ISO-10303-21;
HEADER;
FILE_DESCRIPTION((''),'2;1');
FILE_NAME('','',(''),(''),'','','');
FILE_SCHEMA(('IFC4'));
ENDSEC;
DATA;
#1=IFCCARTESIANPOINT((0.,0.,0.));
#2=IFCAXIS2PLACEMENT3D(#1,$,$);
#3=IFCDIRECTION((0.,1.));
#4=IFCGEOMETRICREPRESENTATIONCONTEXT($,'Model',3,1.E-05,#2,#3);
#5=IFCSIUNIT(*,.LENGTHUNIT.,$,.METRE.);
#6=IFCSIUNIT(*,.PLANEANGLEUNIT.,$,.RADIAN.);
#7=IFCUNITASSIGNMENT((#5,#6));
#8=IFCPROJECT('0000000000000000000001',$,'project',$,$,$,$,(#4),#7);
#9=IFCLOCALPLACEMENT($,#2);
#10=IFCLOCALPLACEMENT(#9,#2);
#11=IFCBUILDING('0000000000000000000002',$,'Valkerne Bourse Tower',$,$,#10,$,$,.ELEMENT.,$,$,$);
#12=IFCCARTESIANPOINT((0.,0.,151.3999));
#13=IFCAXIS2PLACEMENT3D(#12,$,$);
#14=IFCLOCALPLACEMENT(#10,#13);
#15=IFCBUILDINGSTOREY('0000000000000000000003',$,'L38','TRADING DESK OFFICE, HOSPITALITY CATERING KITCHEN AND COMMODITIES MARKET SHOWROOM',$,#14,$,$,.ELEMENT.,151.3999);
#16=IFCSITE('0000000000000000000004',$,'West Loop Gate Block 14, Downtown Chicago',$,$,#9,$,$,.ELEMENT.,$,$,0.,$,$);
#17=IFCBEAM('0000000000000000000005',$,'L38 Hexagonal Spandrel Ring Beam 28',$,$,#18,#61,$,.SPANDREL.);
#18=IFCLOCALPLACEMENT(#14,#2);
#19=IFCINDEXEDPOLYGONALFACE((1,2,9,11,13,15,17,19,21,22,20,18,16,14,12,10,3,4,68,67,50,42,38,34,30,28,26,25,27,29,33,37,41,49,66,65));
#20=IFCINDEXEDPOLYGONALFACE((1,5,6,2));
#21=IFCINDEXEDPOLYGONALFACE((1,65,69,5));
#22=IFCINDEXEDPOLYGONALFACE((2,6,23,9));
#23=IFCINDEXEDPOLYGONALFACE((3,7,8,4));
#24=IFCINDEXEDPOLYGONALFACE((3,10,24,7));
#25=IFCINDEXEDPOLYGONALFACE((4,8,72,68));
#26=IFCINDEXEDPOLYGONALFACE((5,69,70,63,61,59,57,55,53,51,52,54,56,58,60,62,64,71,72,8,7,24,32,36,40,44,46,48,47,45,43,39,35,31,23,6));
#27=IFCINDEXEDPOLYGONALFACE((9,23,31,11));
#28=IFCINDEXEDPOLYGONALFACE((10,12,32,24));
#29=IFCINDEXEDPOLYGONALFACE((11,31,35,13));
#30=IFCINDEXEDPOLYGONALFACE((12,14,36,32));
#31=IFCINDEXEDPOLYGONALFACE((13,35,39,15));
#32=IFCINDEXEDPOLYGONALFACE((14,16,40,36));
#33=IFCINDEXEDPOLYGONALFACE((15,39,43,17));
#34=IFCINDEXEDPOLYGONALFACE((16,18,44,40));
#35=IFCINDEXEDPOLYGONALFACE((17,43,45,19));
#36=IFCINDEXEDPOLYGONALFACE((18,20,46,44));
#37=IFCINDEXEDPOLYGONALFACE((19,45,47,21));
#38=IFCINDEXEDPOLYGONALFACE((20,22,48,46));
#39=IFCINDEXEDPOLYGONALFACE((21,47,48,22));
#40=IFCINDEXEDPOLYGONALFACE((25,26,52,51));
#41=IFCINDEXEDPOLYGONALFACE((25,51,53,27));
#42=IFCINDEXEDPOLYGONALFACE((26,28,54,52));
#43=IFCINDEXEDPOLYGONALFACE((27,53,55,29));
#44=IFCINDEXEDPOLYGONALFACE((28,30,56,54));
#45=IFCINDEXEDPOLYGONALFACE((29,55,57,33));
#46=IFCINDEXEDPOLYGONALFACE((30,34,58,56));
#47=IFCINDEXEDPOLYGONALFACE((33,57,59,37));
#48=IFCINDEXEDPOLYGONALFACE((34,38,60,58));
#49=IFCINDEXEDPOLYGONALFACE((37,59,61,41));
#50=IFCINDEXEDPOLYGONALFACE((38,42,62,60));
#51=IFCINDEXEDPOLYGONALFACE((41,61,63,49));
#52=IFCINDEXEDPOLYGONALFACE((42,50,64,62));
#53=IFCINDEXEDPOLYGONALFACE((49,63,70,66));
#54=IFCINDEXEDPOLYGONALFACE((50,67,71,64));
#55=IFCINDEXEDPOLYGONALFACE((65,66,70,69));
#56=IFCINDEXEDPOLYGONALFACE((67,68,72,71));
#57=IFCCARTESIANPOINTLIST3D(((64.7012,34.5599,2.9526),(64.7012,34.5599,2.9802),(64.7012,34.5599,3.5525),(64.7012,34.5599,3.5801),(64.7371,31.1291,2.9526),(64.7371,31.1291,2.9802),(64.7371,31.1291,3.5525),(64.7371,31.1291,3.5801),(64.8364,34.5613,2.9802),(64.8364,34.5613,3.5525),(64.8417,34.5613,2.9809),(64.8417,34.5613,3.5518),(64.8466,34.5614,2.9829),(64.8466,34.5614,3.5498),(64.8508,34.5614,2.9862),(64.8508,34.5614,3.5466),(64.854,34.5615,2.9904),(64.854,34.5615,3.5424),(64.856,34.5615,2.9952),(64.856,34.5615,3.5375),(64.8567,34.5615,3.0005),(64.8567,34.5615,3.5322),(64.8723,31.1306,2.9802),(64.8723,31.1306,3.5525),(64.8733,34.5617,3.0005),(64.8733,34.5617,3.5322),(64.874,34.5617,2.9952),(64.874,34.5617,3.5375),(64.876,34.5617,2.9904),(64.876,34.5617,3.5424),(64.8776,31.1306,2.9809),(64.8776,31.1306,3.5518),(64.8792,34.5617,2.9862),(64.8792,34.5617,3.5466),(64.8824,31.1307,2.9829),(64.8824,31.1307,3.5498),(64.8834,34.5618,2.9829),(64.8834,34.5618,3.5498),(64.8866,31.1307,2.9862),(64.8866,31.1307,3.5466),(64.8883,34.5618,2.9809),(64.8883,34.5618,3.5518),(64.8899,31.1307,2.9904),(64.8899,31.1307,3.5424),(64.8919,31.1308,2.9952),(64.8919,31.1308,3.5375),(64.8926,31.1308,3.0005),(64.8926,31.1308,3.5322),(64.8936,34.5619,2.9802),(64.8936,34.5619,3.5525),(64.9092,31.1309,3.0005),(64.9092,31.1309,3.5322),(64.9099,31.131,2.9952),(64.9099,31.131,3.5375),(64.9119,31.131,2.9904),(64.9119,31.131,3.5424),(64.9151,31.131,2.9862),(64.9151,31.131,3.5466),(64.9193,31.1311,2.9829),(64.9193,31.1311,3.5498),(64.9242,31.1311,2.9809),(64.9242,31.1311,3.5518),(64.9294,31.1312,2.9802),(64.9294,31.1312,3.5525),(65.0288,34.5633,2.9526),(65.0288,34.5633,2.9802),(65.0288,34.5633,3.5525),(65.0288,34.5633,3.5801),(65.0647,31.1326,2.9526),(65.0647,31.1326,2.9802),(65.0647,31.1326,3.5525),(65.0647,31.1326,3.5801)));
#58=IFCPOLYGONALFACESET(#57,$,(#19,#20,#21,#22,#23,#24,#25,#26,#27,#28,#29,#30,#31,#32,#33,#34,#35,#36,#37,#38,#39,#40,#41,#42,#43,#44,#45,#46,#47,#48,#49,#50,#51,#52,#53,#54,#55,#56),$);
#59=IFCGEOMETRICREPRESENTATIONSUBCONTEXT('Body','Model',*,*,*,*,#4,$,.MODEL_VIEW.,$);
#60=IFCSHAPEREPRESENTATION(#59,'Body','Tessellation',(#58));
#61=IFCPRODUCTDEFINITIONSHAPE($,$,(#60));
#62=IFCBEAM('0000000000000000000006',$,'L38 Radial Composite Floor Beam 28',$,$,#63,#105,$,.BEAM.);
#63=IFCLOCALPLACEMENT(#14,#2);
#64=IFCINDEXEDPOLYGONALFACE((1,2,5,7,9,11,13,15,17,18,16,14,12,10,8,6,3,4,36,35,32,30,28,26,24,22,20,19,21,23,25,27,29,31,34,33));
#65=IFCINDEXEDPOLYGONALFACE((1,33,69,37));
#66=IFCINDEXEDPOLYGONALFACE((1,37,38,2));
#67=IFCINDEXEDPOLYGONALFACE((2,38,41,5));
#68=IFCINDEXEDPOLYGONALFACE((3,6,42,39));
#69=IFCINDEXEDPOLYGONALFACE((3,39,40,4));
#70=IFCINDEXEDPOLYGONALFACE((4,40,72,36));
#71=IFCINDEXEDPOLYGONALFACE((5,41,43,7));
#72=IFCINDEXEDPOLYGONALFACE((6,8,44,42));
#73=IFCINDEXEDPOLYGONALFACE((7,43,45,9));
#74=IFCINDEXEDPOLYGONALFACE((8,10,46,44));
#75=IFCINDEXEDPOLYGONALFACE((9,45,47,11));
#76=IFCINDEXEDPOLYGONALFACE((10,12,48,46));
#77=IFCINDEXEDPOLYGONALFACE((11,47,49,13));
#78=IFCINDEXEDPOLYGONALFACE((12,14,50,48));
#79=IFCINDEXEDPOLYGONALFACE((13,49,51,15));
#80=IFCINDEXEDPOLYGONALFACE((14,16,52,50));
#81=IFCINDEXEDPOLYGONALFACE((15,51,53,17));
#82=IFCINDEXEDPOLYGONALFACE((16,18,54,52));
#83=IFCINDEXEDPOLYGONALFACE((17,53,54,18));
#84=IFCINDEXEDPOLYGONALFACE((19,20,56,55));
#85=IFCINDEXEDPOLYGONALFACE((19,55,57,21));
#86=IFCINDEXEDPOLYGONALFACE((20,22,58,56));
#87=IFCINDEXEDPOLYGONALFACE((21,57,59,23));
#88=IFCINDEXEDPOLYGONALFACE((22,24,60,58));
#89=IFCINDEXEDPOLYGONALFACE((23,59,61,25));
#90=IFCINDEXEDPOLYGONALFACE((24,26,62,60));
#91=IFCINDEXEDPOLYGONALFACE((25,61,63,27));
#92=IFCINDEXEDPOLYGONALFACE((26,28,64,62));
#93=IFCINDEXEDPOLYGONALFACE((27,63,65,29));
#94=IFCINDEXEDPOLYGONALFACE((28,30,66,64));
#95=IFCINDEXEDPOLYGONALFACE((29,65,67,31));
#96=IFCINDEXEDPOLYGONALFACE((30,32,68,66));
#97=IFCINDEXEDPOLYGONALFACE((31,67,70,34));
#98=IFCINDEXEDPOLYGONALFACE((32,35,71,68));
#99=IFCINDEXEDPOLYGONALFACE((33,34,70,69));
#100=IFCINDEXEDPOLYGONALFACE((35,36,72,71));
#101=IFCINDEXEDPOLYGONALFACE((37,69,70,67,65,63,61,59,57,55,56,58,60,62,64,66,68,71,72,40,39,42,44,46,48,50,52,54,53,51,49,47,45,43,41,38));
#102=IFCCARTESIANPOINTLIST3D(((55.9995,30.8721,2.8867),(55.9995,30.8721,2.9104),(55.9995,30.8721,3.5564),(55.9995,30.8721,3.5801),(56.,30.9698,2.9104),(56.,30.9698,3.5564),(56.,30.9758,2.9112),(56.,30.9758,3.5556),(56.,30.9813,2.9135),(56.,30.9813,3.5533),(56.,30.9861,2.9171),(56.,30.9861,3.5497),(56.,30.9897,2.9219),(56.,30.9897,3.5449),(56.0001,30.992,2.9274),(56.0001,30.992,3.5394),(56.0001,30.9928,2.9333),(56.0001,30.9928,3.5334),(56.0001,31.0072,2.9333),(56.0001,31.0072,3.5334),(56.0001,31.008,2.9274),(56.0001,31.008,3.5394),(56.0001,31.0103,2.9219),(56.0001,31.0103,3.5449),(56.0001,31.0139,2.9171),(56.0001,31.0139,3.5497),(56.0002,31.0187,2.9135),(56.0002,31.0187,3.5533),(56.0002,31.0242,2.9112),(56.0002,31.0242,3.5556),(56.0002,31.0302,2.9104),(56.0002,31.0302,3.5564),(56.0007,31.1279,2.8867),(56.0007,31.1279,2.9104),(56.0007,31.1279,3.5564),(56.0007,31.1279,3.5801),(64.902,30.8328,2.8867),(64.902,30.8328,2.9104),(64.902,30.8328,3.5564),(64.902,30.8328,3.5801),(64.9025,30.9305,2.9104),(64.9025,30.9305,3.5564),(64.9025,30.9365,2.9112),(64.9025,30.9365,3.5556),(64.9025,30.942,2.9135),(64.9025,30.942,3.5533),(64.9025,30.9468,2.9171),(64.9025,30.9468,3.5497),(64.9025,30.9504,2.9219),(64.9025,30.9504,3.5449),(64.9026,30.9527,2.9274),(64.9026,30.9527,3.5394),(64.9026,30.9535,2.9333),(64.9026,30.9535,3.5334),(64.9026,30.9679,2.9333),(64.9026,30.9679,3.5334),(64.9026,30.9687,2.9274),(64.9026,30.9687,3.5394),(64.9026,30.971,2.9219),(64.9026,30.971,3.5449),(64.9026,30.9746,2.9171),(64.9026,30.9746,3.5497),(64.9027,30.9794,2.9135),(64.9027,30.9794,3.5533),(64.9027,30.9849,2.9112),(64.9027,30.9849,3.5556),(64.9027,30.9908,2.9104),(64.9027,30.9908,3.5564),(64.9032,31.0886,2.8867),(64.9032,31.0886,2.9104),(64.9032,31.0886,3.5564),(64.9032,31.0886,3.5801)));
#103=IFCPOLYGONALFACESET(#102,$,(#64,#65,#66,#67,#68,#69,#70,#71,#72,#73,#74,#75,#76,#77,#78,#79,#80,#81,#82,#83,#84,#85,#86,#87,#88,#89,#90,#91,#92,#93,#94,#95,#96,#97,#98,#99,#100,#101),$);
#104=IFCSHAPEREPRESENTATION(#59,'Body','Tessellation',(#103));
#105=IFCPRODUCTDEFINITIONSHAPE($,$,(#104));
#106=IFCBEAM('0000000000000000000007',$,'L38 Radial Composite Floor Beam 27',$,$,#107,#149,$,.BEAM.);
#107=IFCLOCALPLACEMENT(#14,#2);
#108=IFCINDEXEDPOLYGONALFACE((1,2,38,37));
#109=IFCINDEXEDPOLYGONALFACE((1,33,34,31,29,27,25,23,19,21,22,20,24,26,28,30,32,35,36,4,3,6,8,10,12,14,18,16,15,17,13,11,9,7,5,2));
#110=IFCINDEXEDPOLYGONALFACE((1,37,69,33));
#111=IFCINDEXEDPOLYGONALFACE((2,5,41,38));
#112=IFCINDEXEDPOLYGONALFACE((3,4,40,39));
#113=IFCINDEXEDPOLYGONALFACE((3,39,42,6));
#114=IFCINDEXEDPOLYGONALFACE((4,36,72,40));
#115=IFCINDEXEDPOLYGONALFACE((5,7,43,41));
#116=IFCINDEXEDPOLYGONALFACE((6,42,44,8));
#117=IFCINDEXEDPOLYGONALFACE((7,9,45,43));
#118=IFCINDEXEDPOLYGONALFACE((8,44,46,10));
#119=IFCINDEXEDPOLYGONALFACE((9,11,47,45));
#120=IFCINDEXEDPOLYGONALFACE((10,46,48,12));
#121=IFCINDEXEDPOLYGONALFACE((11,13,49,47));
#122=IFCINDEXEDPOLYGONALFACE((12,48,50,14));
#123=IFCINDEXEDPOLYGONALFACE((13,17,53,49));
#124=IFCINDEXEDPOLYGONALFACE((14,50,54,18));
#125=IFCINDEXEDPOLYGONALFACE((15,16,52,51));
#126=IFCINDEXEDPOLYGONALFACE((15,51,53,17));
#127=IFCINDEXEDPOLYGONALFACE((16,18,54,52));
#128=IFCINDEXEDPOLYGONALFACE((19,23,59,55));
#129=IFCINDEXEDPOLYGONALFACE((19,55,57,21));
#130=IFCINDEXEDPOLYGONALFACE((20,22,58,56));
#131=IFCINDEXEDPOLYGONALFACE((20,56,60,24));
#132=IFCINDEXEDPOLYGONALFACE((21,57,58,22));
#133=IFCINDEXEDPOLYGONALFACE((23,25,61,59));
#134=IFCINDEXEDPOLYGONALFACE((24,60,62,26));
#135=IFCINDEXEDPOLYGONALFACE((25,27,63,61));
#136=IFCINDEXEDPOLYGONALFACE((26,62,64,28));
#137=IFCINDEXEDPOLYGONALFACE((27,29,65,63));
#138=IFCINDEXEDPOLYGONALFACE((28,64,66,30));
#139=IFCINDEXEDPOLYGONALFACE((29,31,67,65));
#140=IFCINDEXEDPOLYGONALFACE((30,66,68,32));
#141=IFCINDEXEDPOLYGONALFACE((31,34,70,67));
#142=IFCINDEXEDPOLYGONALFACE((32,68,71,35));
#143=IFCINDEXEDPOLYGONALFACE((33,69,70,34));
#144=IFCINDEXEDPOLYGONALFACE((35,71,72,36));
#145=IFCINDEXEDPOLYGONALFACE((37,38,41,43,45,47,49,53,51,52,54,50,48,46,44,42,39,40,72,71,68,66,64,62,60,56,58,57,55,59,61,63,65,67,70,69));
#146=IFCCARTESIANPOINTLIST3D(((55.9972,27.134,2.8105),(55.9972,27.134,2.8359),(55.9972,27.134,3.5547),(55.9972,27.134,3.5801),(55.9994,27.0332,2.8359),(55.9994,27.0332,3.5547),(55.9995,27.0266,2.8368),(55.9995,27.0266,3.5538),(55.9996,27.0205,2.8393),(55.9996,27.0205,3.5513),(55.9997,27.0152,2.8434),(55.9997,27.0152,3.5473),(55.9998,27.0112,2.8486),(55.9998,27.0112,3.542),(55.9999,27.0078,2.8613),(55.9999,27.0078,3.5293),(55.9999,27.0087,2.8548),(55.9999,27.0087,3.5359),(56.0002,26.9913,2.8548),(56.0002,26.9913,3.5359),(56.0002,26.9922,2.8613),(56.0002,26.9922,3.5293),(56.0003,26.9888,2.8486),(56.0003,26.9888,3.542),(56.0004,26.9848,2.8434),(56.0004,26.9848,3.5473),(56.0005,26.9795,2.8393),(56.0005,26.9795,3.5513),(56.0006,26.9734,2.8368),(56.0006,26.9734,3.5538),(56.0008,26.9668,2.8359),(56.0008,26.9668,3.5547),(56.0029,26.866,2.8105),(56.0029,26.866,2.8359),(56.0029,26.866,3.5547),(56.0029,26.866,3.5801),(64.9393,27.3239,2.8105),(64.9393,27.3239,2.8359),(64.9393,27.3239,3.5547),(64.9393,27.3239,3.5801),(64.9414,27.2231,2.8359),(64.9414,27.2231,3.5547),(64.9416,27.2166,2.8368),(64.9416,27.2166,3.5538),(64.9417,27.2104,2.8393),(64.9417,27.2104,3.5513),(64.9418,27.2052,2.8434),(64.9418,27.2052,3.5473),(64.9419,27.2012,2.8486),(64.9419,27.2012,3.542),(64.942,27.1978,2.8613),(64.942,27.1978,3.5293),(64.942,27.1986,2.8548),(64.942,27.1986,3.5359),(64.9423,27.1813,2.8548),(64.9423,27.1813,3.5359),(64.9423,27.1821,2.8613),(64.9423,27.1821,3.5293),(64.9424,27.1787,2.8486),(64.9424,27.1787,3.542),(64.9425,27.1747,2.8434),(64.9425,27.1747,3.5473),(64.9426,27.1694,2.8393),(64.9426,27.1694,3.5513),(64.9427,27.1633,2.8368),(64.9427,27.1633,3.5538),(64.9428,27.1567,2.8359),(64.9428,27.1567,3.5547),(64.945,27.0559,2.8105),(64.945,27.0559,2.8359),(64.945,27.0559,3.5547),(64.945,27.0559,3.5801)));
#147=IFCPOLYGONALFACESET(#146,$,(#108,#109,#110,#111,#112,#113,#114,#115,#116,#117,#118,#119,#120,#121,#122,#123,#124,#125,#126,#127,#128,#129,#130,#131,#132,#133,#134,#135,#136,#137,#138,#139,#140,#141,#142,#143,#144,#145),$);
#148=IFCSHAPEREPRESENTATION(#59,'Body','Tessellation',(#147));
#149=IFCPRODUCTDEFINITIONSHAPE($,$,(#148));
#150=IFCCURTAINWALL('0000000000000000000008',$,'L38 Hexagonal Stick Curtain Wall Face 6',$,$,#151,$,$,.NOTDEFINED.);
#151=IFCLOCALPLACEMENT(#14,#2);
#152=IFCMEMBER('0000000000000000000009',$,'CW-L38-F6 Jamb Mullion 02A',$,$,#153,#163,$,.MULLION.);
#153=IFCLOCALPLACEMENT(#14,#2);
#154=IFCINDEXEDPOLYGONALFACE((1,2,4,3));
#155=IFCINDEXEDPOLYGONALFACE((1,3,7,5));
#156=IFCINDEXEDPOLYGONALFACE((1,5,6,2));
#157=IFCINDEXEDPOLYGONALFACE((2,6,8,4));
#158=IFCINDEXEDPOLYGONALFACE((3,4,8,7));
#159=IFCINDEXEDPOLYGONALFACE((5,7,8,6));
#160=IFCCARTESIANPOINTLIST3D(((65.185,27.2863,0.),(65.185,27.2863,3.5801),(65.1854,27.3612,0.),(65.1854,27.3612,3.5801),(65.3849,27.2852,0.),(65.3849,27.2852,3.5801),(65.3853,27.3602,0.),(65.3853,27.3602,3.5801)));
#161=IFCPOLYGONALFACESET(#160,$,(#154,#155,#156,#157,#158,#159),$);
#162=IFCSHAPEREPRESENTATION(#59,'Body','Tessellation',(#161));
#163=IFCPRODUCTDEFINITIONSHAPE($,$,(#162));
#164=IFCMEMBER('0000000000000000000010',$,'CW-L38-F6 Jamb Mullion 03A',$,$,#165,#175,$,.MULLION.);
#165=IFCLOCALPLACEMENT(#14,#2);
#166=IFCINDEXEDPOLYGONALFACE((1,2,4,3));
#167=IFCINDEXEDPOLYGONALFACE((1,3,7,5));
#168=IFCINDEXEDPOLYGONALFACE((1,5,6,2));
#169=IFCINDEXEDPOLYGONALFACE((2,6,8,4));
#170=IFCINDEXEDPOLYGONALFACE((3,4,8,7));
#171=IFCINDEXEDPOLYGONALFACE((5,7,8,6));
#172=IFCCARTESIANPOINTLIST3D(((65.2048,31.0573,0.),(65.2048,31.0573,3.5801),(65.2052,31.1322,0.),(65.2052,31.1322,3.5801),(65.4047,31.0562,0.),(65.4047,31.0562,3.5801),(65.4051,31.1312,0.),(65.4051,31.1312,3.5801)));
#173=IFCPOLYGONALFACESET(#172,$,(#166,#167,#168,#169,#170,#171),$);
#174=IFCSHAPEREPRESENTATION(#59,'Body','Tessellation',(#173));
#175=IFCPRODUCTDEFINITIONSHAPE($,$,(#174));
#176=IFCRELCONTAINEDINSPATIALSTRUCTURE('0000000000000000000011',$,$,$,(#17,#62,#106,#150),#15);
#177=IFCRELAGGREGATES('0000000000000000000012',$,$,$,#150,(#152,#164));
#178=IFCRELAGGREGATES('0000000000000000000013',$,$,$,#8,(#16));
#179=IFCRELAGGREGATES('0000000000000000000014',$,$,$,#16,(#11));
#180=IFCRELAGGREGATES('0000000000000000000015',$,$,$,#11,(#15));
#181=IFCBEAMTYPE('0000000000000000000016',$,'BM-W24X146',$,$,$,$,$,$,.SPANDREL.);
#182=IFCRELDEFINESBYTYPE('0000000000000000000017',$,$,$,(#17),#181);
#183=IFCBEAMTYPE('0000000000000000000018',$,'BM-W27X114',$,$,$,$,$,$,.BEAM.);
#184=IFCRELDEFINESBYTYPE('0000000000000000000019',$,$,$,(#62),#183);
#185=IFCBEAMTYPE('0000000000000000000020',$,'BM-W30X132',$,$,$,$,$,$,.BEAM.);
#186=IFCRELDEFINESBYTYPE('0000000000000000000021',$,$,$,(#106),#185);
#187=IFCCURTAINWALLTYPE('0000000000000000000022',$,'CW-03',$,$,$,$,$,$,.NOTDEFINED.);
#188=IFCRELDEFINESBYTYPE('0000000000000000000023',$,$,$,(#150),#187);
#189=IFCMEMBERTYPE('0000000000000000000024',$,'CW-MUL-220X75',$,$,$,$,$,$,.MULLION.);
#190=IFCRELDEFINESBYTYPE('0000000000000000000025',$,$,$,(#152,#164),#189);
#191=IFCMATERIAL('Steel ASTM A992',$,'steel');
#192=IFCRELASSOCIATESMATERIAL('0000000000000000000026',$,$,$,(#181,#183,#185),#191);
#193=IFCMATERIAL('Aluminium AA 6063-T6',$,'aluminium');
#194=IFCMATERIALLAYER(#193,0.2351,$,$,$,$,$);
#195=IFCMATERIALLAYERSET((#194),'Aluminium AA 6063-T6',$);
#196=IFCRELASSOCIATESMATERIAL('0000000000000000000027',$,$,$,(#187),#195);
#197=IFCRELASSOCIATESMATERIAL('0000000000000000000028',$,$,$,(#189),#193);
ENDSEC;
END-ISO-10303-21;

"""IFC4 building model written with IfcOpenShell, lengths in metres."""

from ifc_helpers import new_model, si_unit, direction, frame, origin, origin_2d, place, context, subcontext, project, spatial, rectangle, i_section, extrude, material, layer, layer_set, material_profile, profile_set, type_object, element, aggregate, save


model = new_model("IFC4")

# Units and contexts
model_context = context("Model", 3, precision=1e-05, world=origin(), true_north=direction((0.0, 1.0)))
body_context = subcontext(model_context, "Body", "Model", "MODEL_VIEW")
ifc_project = project(units=[si_unit("LENGTHUNIT", "METRE"), si_unit("PLANEANGLEUNIT", "RADIAN")], contexts=[model_context])

# Site, building, storey
site_placement = place(None, origin())
site = spatial("IfcSite", under=ifc_project, at=site_placement, Name="West Loop Gate Block 14, Downtown Chicago", CompositionType="ELEMENT", RefElevation=0.0)
building_placement = place(site_placement, origin())
building = spatial("IfcBuilding", under=site, at=building_placement, Name="Valkerne Bourse Tower", CompositionType="ELEMENT")
storey_placement = place(building_placement, frame((0.0, 0.0, 151.3999)))
storey = spatial("IfcBuildingStorey", under=building, at=storey_placement, Name="L38", Description="TRADING DESK OFFICE, HOSPITALITY CATERING KITCHEN AND COMMODITIES MARKET SHOWROOM", CompositionType="ELEMENT", Elevation=151.3999)

# Beams
ifc_material_1 = material(Name="Steel ASTM A992", Category="steel")
ifc_material_profile_1 = material_profile(ifc_material_1, i_section(OverallWidth=0.3276, OverallDepth=0.6274, WebThickness=0.0166, FlangeThickness=0.0276, FilletRadius=0.0203, at=origin_2d()), Name="W24X146")
ifc_profile_set_1 = profile_set([ifc_material_profile_1], Name="Steel ASTM A992")
beam_type_1 = type_object("IfcBeamType", Name="BM-W24X146", PredefinedType="SPANDREL", material=ifc_profile_set_1)
for number, where, z_axis, x_axis, name in (
    (1, (64.9009, 31.1309, 3.2664), (-0.010461, 0.999945, 0.0), (-0.999945, -0.010461, 0.0), "L38 Hexagonal Spandrel Ring Beam 28"),
):
    element("IfcBeam", number, at=place(storey_placement, frame(where, z_axis=z_axis, x_axis=x_axis)), inside=storey, type_object=beam_type_1, Name=name, PredefinedType="SPANDREL", context=body_context, shape_type="SweptSolid", body=[
        extrude(i_section(OverallWidth=0.3276, OverallDepth=0.6274, WebThickness=0.0166, FlangeThickness=0.0276, FilletRadius=0.0203, at=origin_2d()), origin(), (0.0, 0.0, 1.0), 3.4309),
    ])
ifc_material_profile_2 = material_profile(ifc_material_1, i_section(OverallWidth=0.2559, OverallDepth=0.6934, WebThickness=0.0144, FlangeThickness=0.0237, FilletRadius=0.0229, at=origin_2d()), Name="W27X114")
ifc_profile_set_2 = profile_set([ifc_material_profile_2], Name="Steel ASTM A992")
beam_type_2 = type_object("IfcBeamType", Name="BM-W27X114", PredefinedType="BEAM", material=ifc_profile_set_2)
beam_1_placement = place(storey_placement, frame((64.9026, 30.9607, 3.2334), z_axis=(-0.99999, 0.004415, 0.0), x_axis=(-0.004415, -0.99999, 0.0)))
element("IfcBeam", 2, at=beam_1_placement, inside=storey, type_object=beam_type_2, Name="L38 Radial Composite Floor Beam 28", PredefinedType="BEAM", context=body_context, shape_type="SweptSolid", body=[
    extrude(i_section(OverallWidth=0.2559, OverallDepth=0.6934, WebThickness=0.0144, FlangeThickness=0.0237, FilletRadius=0.0229, at=origin_2d()), origin(), (0.0, 0.0, 1.0), 8.9026),
])
ifc_material_profile_3 = material_profile(ifc_material_1, i_section(OverallWidth=0.2681, OverallDepth=0.7695, WebThickness=0.0156, FlangeThickness=0.0254, FilletRadius=0.0254, at=origin_2d()), Name="W30X132")
ifc_profile_set_3 = profile_set([ifc_material_profile_3], Name="Steel ASTM A992")
beam_type_3 = type_object("IfcBeamType", Name="BM-W30X132", PredefinedType="BEAM", material=ifc_profile_set_3)
beam_2_placement = place(storey_placement, frame((64.9421, 27.1899, 3.1953), z_axis=(-0.999774, -0.021236, 0.0), x_axis=(0.021236, -0.999774, 0.0)))
element("IfcBeam", 3, at=beam_2_placement, inside=storey, type_object=beam_type_3, Name="L38 Radial Composite Floor Beam 27", PredefinedType="BEAM", context=body_context, shape_type="SweptSolid", body=[
    extrude(i_section(OverallWidth=0.2681, OverallDepth=0.7695, WebThickness=0.0156, FlangeThickness=0.0254, FilletRadius=0.0254, at=origin_2d()), origin(), (0.0, 0.0, 1.0), 8.9441),
])

# Curtain wall, members
ifc_material_2 = material(Name="Aluminium AA 6063-T6", Category="aluminium")
ifc_layer_1 = layer(ifc_material_2, 0.2351)
ifc_layer_set_1 = layer_set([ifc_layer_1], Name="Aluminium AA 6063-T6")
curtain_wall_type = type_object("IfcCurtainWallType", Name="CW-03", PredefinedType="NOTDEFINED", material=ifc_layer_set_1)
curtain_wall_placement = place(storey_placement, origin())
curtain_wall = element("IfcCurtainWall", 4, at=curtain_wall_placement, inside=storey, type_object=curtain_wall_type, Name="L38 Hexagonal Stick Curtain Wall Face 6", PredefinedType="NOTDEFINED")
ifc_material_profile_4 = material_profile(ifc_material_2, rectangle(XDim=0.075, YDim=0.2, at=origin_2d()), Name="CWM-75X200")
ifc_profile_set_4 = profile_set([ifc_material_profile_4], Name="Aluminium AA 6063-T6")
member_type_1 = type_object("IfcMemberType", Name="CW-MUL-220X75", PredefinedType="MULLION", material=ifc_profile_set_4)
member_1_placement = place(storey_placement, frame((65.2852, 27.3232, 0.0), z_axis=(0.0, 0.0, 1.0), x_axis=(0.005224, 0.999986, 0.0)))
member_1 = element("IfcMember", 5, at=member_1_placement, type_object=member_type_1, Name="CW-L38-F6 Jamb Mullion 02A", PredefinedType="MULLION", context=body_context, shape_type="SweptSolid", body=[
    extrude(rectangle(XDim=0.075, YDim=0.2, at=origin_2d()), origin(), (0.0, 0.0, 1.0), 3.5801),
])
member_2_placement = place(storey_placement, frame((65.3049, 31.0942, 0.0), z_axis=(0.0, 0.0, 1.0), x_axis=(0.005251, 0.999986, 0.0)))
member_2 = element("IfcMember", 6, at=member_2_placement, type_object=member_type_1, Name="CW-L38-F6 Jamb Mullion 03A", PredefinedType="MULLION", context=body_context, shape_type="SweptSolid", body=[
    extrude(rectangle(XDim=0.075, YDim=0.2, at=origin_2d()), origin(), (0.0, 0.0, 1.0), 3.5801),
])

aggregate(curtain_wall, [member_1, member_2])

save(model, "model.ifc")
